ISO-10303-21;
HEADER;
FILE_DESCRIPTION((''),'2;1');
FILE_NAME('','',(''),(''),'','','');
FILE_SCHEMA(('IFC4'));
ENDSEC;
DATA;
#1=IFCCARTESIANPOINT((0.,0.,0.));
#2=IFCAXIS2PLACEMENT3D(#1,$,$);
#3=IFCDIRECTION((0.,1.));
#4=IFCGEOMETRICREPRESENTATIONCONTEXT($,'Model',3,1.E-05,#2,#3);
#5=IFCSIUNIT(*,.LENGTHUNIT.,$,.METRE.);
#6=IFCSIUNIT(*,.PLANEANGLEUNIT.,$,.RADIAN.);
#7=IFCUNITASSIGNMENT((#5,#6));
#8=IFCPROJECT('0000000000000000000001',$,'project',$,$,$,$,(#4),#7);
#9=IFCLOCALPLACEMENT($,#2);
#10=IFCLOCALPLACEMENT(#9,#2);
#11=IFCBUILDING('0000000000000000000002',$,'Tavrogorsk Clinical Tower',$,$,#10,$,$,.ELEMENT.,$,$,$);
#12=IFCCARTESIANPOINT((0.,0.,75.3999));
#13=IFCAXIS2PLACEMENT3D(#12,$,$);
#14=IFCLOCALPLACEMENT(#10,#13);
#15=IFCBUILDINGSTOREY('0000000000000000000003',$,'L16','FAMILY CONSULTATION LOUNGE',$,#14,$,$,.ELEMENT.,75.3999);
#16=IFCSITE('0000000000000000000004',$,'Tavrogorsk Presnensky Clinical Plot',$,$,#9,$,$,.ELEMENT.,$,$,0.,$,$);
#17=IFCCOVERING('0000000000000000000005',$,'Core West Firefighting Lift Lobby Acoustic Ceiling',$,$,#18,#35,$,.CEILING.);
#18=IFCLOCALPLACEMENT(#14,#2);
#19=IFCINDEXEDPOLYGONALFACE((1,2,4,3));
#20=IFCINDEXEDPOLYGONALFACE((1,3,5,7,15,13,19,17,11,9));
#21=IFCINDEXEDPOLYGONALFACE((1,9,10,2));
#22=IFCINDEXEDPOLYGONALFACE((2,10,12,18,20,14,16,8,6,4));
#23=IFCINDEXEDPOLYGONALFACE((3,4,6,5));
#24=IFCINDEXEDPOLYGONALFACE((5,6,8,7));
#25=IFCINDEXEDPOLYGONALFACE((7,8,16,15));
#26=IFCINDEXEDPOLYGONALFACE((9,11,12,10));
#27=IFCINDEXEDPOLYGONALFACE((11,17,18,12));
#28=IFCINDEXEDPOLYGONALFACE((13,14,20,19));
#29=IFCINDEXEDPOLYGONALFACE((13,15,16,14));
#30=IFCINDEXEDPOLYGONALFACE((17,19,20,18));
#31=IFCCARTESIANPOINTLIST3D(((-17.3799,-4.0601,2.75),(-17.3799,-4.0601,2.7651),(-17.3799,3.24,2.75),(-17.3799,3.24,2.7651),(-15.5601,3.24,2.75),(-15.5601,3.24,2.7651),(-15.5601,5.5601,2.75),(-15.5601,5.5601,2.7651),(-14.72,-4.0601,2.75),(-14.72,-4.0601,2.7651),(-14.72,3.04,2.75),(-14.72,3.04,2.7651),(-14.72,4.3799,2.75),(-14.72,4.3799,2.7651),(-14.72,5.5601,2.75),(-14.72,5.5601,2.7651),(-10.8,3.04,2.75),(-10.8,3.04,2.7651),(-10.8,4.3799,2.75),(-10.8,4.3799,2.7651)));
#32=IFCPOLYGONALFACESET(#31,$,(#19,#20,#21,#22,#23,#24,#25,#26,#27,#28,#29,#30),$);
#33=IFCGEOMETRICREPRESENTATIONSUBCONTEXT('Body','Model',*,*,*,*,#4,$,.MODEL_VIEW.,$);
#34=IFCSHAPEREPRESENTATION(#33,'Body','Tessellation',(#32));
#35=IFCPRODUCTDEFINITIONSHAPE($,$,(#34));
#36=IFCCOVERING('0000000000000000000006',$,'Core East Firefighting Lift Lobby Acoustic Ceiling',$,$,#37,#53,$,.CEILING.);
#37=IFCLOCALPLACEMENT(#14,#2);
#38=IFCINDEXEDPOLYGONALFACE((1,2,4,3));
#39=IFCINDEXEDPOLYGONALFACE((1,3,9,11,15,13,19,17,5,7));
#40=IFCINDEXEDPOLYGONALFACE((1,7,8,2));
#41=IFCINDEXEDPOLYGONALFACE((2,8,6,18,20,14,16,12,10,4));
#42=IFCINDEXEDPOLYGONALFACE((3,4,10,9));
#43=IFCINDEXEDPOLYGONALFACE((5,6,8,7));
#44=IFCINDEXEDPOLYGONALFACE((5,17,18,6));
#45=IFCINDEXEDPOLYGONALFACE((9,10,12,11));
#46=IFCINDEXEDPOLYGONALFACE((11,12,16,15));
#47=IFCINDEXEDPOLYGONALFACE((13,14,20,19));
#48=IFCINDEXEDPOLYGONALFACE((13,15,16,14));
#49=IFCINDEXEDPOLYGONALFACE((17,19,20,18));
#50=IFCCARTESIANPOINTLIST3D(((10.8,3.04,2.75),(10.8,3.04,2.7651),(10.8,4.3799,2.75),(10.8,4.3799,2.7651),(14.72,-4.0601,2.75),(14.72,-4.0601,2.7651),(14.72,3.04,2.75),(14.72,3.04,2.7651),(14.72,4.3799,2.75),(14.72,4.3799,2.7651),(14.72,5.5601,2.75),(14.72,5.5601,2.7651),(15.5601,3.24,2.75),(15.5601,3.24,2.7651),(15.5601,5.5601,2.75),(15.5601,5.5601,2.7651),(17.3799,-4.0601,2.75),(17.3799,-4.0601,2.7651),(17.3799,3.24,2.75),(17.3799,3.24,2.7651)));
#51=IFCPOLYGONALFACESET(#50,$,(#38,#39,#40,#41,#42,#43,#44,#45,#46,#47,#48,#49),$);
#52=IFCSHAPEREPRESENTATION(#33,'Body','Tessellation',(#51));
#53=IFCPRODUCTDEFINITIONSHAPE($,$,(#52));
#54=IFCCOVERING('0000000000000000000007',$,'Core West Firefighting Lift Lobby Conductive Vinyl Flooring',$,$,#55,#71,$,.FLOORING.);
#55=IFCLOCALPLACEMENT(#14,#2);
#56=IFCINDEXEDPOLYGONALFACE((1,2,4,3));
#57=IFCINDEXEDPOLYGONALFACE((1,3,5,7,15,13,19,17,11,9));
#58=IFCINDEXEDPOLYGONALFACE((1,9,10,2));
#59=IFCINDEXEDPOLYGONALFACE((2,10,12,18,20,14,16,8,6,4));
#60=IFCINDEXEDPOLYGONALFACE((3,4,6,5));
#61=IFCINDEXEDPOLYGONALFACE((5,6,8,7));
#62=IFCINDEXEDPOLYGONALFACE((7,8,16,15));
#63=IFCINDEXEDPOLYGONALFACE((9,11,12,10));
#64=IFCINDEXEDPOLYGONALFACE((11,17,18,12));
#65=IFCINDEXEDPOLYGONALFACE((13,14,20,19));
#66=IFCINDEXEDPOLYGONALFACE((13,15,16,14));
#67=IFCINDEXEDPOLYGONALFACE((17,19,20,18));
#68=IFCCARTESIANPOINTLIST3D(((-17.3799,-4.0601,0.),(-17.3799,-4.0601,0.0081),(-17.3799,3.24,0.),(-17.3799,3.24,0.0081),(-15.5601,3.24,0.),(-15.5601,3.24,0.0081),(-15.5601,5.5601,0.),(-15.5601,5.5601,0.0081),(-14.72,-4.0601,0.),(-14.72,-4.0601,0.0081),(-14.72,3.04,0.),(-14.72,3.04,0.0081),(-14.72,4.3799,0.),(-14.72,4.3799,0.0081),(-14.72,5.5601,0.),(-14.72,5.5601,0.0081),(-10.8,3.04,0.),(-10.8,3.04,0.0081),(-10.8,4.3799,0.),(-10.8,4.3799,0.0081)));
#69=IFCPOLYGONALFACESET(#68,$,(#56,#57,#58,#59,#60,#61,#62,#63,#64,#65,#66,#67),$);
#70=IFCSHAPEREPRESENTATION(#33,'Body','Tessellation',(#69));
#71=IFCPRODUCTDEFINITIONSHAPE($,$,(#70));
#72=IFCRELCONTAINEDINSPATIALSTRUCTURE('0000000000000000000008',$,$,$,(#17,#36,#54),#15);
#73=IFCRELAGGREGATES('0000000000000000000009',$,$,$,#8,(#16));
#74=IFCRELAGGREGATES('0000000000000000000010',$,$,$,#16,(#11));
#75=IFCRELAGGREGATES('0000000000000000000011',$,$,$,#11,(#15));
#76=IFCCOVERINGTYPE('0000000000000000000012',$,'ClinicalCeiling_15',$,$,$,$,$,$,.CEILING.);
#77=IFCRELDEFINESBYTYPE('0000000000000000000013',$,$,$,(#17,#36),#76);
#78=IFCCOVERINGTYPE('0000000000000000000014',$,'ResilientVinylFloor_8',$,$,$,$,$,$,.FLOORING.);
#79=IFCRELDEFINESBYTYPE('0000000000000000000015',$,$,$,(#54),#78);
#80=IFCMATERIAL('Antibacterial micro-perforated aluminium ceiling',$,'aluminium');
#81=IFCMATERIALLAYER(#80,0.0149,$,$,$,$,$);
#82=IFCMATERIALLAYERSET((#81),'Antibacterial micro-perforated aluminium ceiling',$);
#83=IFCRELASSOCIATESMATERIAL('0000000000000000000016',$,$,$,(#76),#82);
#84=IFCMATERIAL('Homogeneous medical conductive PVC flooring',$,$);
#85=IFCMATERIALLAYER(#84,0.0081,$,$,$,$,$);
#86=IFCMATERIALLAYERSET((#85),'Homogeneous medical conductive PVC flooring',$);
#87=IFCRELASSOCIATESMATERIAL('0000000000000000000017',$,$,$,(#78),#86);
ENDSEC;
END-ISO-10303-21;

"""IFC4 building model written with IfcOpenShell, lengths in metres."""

from ifc_helpers import new_model, si_unit, direction, frame, origin, place, context, subcontext, project, spatial, polyline, outline, extrude, material, layer, layer_set, type_object, element, save


model = new_model("IFC4")

# Units and contexts
model_context = context("Model", 3, precision=1e-05, world=origin(), true_north=direction((0.0, 1.0)))
body_context = subcontext(model_context, "Body", "Model", "MODEL_VIEW")
ifc_project = project(units=[si_unit("LENGTHUNIT", "METRE"), si_unit("PLANEANGLEUNIT", "RADIAN")], contexts=[model_context])

# Site, building, storey
site_placement = place(None, origin())
site = spatial("IfcSite", under=ifc_project, at=site_placement, Name="Tavrogorsk Presnensky Clinical Plot", CompositionType="ELEMENT", RefElevation=0.0)
building_placement = place(site_placement, origin())
building = spatial("IfcBuilding", under=site, at=building_placement, Name="Tavrogorsk Clinical Tower", CompositionType="ELEMENT")
storey_placement = place(building_placement, frame((0.0, 0.0, 75.3999)))
storey = spatial("IfcBuildingStorey", under=building, at=storey_placement, Name="L16", Description="FAMILY CONSULTATION LOUNGE", CompositionType="ELEMENT", Elevation=75.3999)

# Coverings
ifc_material_1 = material(Name="Antibacterial micro-perforated aluminium ceiling", Category="aluminium")
ifc_layer_1 = layer(ifc_material_1, 0.0149)
ifc_layer_set_1 = layer_set([ifc_layer_1], Name="Antibacterial micro-perforated aluminium ceiling")
covering_type_1 = type_object("IfcCoveringType", Name="ClinicalCeiling_15", PredefinedType="CEILING", material=ifc_layer_set_1)
covering_1_placement = place(storey_placement, frame((0.0, 0.0, 2.75)))
element("IfcCovering", 1, at=covering_1_placement, inside=storey, type_object=covering_type_1, Name="Core West Firefighting Lift Lobby Acoustic Ceiling", PredefinedType="CEILING", context=body_context, shape_type="SweptSolid", body=[
    extrude(outline(polyline([(-14.72, 4.3799), (-10.8, 4.3799), (-10.8, 3.04), (-14.72, 3.04), (-14.72, -4.0601), (-17.3799, -4.0601), (-17.3799, 3.24), (-15.5601, 3.24), (-15.5601, 5.5601), (-14.72, 5.5601), (-14.72, 4.3799)])), origin(), (0.0, 0.0, 1.0), 0.0151),
])
covering_2_placement = place(storey_placement, frame((0.0, 0.0, 2.75)))
element("IfcCovering", 2, at=covering_2_placement, inside=storey, type_object=covering_type_1, Name="Core East Firefighting Lift Lobby Acoustic Ceiling", PredefinedType="CEILING", context=body_context, shape_type="SweptSolid", body=[
    extrude(outline(polyline([(14.72, -4.0601), (14.72, 3.04), (10.8, 3.04), (10.8, 4.3799), (14.72, 4.3799), (14.72, 5.5601), (15.5601, 5.5601), (15.5601, 3.24), (17.3799, 3.24), (17.3799, -4.0601), (14.72, -4.0601)])), origin(), (0.0, 0.0, 1.0), 0.0151),
])
ifc_material_2 = material(Name="Homogeneous medical conductive PVC flooring")
ifc_layer_2 = layer(ifc_material_2, 0.0081)
ifc_layer_set_2 = layer_set([ifc_layer_2], Name="Homogeneous medical conductive PVC flooring")
covering_type_2 = type_object("IfcCoveringType", Name="ResilientVinylFloor_8", PredefinedType="FLOORING", material=ifc_layer_set_2)
covering_3_placement = place(storey_placement, origin())
element("IfcCovering", 3, at=covering_3_placement, inside=storey, type_object=covering_type_2, Name="Core West Firefighting Lift Lobby Conductive Vinyl Flooring", PredefinedType="FLOORING", context=body_context, shape_type="SweptSolid", body=[
    extrude(outline(polyline([(-14.72, 4.3799), (-10.8, 4.3799), (-10.8, 3.04), (-14.72, 3.04), (-14.72, -4.0601), (-17.3799, -4.0601), (-17.3799, 3.24), (-15.5601, 3.24), (-15.5601, 5.5601), (-14.72, 5.5601), (-14.72, 4.3799)])), origin(), (0.0, 0.0, 1.0), 0.0081),
])

save(model, "model.ifc")
